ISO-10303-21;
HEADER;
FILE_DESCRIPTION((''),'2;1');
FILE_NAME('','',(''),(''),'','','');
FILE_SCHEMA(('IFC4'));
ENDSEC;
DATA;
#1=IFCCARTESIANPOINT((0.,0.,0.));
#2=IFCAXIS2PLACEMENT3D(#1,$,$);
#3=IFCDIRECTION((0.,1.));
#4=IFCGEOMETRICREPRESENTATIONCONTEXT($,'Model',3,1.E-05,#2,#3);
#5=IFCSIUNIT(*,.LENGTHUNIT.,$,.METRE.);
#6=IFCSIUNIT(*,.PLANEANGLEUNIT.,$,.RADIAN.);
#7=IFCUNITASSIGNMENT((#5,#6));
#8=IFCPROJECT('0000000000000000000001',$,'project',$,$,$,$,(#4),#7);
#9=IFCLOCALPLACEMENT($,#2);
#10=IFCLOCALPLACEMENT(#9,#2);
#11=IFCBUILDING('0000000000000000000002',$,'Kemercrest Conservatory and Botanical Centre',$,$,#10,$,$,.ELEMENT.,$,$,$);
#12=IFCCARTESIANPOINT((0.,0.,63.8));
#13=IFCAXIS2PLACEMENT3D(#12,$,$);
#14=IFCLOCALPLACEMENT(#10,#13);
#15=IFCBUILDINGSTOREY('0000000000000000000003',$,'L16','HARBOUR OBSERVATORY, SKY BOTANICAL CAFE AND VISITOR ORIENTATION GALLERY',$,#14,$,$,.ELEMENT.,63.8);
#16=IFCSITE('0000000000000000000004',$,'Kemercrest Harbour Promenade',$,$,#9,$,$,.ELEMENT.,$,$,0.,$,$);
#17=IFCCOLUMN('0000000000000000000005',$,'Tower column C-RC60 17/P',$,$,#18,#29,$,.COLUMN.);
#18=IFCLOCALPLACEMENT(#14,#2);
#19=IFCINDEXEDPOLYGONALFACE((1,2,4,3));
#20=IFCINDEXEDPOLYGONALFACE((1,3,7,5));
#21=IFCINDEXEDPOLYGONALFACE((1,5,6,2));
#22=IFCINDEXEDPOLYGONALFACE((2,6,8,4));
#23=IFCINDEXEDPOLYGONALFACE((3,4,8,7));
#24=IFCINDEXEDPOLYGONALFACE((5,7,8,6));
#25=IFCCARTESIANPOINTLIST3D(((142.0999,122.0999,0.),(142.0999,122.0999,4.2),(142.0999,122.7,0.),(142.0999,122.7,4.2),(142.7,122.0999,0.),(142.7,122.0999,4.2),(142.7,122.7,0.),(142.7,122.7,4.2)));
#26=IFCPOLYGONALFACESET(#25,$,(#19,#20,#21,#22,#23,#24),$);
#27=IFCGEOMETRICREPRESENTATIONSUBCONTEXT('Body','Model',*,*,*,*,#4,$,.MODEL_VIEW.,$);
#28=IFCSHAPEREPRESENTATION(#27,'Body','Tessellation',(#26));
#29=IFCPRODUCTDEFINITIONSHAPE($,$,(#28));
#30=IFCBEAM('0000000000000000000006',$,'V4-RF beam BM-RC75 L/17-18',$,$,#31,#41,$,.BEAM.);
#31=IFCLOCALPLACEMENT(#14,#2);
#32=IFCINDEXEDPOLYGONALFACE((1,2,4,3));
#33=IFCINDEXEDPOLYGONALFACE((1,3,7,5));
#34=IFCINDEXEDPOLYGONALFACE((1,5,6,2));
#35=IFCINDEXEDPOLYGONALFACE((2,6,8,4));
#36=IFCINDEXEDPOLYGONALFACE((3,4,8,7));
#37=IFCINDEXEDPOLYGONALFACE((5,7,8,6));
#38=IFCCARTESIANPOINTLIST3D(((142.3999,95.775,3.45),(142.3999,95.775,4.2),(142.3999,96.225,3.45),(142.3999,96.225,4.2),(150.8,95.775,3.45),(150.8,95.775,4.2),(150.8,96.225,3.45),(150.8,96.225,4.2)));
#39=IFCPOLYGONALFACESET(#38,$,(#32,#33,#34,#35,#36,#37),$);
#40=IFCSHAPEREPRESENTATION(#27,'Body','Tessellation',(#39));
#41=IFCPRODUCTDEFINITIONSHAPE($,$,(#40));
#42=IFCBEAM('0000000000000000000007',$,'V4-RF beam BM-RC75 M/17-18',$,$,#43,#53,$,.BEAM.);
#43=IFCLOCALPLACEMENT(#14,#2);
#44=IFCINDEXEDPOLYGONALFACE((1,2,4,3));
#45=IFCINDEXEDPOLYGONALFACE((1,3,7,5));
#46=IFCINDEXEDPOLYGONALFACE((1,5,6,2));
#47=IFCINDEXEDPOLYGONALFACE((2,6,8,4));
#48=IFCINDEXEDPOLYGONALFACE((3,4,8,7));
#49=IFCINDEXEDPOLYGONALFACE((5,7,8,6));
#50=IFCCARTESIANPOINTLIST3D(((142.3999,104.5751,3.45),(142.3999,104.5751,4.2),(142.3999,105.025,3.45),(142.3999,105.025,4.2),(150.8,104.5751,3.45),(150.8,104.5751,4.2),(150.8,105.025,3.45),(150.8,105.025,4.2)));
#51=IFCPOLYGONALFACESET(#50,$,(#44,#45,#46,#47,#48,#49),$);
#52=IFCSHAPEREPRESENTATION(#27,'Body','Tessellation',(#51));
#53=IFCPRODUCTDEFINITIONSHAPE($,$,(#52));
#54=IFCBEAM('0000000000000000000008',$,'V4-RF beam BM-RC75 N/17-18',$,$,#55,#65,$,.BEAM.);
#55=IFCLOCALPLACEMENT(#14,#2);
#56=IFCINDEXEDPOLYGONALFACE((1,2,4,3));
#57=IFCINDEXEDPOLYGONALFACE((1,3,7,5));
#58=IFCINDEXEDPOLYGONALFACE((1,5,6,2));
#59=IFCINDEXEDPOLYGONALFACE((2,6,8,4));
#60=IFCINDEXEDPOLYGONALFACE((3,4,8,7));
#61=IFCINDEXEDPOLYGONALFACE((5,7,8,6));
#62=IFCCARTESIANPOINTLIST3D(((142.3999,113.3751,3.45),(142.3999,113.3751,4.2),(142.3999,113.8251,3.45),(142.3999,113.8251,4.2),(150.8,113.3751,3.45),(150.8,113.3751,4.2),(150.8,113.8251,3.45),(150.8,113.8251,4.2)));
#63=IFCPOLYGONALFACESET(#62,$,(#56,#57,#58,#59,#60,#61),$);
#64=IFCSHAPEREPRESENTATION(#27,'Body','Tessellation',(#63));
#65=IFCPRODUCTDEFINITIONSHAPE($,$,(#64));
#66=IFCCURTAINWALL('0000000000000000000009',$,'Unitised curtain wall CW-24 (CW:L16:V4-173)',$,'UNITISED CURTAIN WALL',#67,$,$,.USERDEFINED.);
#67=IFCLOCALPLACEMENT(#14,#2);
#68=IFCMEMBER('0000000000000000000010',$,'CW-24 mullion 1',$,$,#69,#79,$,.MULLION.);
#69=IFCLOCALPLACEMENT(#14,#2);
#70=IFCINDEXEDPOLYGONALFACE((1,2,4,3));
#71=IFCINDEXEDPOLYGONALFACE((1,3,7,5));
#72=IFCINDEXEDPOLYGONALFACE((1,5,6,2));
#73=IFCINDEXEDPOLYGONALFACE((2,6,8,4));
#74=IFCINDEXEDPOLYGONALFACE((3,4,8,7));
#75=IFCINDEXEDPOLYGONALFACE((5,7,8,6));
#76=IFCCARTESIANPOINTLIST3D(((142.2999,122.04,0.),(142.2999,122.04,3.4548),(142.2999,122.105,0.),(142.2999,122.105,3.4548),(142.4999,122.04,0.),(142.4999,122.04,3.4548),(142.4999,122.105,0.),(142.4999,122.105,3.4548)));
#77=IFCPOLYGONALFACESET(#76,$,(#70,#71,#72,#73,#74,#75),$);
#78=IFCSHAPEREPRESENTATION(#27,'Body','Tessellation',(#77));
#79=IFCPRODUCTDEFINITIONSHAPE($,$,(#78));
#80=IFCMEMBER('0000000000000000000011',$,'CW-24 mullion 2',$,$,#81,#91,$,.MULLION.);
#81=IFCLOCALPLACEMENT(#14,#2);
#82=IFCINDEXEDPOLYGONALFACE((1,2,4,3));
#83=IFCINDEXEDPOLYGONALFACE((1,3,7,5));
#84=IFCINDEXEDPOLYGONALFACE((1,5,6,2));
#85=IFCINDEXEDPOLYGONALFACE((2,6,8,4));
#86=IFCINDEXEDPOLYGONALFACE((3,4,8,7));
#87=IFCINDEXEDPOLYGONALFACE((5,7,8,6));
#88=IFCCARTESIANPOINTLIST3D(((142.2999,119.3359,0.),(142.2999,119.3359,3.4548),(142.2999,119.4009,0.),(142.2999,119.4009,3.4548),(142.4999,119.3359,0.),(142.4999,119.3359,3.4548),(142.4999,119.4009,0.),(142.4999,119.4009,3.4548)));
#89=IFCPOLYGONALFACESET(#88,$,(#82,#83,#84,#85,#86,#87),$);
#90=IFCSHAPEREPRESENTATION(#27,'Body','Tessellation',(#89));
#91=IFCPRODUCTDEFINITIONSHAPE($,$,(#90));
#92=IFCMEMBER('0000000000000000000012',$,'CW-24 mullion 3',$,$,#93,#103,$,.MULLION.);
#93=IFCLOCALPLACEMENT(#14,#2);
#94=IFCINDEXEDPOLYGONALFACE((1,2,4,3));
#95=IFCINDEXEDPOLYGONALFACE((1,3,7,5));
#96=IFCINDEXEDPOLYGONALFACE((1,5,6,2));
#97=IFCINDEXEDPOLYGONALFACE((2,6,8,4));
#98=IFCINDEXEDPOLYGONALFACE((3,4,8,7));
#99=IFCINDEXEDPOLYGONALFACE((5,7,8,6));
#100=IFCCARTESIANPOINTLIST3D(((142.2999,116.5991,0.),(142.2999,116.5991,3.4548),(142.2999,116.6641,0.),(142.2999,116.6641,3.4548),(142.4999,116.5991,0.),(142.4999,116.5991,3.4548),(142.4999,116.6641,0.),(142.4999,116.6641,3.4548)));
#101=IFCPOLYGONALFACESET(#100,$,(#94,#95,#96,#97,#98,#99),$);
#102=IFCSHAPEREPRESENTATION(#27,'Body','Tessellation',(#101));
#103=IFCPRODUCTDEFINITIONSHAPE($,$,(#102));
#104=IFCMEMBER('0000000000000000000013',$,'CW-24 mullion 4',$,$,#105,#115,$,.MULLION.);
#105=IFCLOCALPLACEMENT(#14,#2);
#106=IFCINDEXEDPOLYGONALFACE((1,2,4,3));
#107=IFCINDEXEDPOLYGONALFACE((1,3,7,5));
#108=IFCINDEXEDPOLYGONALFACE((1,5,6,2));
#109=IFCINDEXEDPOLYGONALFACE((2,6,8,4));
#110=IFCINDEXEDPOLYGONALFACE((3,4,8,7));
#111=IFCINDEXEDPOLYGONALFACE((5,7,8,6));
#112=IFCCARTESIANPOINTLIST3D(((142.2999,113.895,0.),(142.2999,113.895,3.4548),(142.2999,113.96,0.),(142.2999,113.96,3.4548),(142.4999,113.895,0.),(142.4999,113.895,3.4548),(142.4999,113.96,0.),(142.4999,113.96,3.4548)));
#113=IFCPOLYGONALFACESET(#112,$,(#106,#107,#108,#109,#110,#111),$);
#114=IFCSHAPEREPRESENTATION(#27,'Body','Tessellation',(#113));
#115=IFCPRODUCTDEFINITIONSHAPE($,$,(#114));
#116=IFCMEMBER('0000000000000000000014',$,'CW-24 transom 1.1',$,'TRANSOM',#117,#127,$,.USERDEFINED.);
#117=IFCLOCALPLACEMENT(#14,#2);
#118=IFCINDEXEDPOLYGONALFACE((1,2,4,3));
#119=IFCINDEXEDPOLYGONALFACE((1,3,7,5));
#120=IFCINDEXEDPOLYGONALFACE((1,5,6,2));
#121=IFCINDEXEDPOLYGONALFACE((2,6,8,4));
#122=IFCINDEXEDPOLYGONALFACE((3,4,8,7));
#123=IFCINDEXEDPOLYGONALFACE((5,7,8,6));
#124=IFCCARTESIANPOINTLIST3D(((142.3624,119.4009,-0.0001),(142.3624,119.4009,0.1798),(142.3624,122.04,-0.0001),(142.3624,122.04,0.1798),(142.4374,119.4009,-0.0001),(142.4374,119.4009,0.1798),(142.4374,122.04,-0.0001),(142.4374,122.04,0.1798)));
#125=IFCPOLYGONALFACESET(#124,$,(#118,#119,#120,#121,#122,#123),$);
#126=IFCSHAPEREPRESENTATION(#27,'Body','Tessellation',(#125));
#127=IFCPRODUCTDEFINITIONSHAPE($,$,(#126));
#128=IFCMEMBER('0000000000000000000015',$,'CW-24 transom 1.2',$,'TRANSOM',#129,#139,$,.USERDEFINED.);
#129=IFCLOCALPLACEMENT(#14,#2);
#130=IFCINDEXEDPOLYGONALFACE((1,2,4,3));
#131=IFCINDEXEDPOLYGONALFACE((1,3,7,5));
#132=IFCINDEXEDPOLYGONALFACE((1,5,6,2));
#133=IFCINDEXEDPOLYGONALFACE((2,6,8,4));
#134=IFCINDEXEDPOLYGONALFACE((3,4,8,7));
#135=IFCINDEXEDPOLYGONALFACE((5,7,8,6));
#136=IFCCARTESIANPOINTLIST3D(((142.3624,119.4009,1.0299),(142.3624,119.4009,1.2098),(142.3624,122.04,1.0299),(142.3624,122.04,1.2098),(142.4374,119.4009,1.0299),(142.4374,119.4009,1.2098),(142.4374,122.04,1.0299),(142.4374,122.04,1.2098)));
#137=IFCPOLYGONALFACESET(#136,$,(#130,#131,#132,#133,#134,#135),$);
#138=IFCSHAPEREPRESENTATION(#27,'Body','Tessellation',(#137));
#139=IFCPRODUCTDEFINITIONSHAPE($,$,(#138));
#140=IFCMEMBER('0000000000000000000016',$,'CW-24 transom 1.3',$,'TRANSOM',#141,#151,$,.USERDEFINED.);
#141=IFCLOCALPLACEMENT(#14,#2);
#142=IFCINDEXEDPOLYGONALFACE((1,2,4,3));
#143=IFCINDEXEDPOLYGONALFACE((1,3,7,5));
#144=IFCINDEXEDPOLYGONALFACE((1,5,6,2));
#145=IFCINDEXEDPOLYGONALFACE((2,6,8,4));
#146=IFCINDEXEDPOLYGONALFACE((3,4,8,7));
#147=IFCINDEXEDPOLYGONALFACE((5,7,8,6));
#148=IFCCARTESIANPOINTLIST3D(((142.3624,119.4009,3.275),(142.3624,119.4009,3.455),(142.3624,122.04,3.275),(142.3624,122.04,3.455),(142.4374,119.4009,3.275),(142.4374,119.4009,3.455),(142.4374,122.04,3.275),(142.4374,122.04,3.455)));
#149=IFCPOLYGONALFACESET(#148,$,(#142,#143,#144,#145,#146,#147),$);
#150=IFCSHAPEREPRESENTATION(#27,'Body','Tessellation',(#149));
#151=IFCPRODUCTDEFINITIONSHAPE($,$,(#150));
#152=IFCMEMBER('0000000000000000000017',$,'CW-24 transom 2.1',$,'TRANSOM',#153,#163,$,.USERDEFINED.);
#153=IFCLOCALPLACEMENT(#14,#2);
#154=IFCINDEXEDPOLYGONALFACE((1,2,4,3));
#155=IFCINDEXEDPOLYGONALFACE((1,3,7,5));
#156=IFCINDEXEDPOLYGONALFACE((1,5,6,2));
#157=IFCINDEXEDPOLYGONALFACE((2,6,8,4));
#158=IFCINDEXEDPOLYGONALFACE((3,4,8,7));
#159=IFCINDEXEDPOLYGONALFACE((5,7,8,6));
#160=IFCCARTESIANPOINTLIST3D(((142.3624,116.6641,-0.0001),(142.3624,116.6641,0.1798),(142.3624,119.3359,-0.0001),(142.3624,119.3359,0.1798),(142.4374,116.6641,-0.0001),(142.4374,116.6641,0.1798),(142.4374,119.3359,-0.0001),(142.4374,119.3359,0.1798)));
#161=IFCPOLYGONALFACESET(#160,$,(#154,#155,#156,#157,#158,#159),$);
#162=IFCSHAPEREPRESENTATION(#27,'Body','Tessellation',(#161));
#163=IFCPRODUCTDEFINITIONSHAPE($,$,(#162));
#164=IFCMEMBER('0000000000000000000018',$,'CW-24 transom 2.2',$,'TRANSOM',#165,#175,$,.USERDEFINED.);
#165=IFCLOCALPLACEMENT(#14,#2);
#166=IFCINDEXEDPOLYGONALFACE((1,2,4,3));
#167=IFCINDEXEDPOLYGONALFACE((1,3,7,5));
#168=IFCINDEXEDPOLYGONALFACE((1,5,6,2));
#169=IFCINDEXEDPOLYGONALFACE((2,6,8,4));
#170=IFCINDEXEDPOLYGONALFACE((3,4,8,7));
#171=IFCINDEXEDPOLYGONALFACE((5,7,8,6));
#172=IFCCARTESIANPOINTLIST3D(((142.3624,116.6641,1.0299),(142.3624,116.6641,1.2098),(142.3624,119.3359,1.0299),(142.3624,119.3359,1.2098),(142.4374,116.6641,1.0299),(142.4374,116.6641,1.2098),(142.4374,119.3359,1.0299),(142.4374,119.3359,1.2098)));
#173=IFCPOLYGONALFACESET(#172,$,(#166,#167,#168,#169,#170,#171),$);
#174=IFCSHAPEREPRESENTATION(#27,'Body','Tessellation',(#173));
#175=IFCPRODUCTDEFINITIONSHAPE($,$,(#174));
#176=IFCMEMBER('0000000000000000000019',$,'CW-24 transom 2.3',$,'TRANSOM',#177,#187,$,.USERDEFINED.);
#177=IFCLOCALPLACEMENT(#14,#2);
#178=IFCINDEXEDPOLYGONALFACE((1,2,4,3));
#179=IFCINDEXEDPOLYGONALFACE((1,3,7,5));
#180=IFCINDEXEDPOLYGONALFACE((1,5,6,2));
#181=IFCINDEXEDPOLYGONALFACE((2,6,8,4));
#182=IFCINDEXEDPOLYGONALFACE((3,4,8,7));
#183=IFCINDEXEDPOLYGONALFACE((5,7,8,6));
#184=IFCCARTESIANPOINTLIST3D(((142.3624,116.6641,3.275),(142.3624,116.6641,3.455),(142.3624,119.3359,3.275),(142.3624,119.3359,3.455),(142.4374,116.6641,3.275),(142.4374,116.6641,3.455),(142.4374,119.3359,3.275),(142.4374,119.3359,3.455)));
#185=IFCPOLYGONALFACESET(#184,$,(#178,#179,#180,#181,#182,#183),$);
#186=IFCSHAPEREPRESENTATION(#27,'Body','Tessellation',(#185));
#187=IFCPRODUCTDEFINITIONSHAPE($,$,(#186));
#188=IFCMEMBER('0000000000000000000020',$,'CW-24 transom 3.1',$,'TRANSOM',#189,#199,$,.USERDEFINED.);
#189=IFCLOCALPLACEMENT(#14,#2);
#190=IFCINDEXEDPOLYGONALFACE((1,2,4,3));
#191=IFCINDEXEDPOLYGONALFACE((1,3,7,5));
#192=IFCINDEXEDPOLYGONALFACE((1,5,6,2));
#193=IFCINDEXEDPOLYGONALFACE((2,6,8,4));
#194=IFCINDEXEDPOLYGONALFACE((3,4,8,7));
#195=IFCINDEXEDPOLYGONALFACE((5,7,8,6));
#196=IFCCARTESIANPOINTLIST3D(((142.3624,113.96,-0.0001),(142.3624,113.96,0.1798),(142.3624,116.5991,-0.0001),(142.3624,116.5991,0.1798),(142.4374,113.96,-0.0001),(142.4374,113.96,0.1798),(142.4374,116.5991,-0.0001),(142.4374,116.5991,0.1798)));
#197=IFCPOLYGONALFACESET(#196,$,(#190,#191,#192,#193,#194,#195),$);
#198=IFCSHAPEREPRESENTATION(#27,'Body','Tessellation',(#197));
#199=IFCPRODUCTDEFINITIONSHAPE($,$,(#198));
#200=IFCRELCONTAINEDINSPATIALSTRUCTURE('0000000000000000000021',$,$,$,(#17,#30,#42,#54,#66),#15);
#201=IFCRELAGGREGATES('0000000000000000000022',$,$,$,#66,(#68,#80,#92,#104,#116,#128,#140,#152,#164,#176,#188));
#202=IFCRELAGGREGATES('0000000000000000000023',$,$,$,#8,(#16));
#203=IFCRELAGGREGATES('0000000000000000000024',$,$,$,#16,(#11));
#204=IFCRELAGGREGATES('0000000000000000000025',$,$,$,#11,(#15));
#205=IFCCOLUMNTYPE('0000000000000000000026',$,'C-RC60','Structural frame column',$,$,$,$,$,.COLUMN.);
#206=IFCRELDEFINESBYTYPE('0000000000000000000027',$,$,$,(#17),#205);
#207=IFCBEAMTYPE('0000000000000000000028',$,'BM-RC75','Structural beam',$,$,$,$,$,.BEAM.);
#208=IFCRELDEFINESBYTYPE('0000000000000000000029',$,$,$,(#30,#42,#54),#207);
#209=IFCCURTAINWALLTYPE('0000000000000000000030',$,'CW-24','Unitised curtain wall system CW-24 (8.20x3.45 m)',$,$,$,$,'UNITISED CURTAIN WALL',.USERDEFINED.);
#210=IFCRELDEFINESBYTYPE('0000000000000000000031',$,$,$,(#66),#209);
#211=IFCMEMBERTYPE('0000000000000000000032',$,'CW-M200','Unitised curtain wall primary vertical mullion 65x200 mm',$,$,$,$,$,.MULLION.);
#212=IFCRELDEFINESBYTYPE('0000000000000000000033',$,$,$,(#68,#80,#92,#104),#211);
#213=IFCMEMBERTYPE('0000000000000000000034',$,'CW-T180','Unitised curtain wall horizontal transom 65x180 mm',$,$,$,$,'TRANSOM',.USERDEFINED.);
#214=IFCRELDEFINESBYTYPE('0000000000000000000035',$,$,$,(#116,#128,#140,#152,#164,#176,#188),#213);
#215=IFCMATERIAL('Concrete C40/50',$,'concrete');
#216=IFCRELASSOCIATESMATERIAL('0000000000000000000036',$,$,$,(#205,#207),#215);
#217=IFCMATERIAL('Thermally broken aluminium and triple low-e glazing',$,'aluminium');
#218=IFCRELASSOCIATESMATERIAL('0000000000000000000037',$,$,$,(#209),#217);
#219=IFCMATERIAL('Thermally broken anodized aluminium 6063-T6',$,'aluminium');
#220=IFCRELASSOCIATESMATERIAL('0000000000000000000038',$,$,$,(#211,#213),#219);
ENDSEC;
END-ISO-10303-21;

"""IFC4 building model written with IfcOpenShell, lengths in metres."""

from ifc_helpers import new_model, si_unit, direction, frame, origin, origin_2d, place, context, subcontext, project, spatial, rectangle, extrude, material, material_profile, profile_set, type_object, element, aggregate, save


model = new_model("IFC4")

# Units and contexts
model_context = context("Model", 3, precision=1e-05, world=origin(), true_north=direction((0.0, 1.0)))
body_context = subcontext(model_context, "Body", "Model", "MODEL_VIEW")
ifc_project = project(units=[si_unit("LENGTHUNIT", "METRE"), si_unit("PLANEANGLEUNIT", "RADIAN")], contexts=[model_context])

# Site, building, storey
site_placement = place(None, origin())
site = spatial("IfcSite", under=ifc_project, at=site_placement, Name="Kemercrest Harbour Promenade", CompositionType="ELEMENT", RefElevation=0.0)
building_placement = place(site_placement, origin())
building = spatial("IfcBuilding", under=site, at=building_placement, Name="Kemercrest Conservatory and Botanical Centre", CompositionType="ELEMENT")
storey_placement = place(building_placement, frame((0.0, 0.0, 63.8)))
storey = spatial("IfcBuildingStorey", under=building, at=storey_placement, Name="L16", Description="HARBOUR OBSERVATORY, SKY BOTANICAL CAFE AND VISITOR ORIENTATION GALLERY", CompositionType="ELEMENT", Elevation=63.8)

# Column
ifc_material_1 = material(Name="Concrete C40/50", Category="concrete")
ifc_material_profile_1 = material_profile(ifc_material_1, rectangle(XDim=0.6001, YDim=0.6001, at=origin_2d()), Name="RC 600x600")
ifc_profile_set_1 = profile_set([ifc_material_profile_1], Name="Concrete C40/50")
column_type = type_object("IfcColumnType", Name="C-RC60", Description="Structural frame column", PredefinedType="COLUMN", material=ifc_profile_set_1)
column_placement = place(storey_placement, frame((142.3999, 122.3999, 0.0), z_axis=(0.0, 0.0, 1.0), x_axis=(1.0, 0.0, 0.0)))
element("IfcColumn", 1, at=column_placement, inside=storey, type_object=column_type, Name="Tower column C-RC60 17/P", PredefinedType="COLUMN", context=body_context, shape_type="SweptSolid", body=[
    extrude(rectangle(XDim=0.6001, YDim=0.6001, at=origin_2d()), origin(), (0.0, 0.0, 1.0), 4.2),
])

# Beams
ifc_material_profile_2 = material_profile(ifc_material_1, rectangle(XDim=0.45, YDim=0.75, at=origin_2d()), Name="RC 450x750")
ifc_profile_set_2 = profile_set([ifc_material_profile_2], Name="Concrete C40/50")
beam_type_1 = type_object("IfcBeamType", Name="BM-RC75", Description="Structural beam", PredefinedType="BEAM", material=ifc_profile_set_2)
for number, where, z_axis, x_axis, name in (
    (2, (142.3999, 96.0, 3.825), (1.0, 0.0, 0.0), (0.0, 1.0, 0.0), "V4-RF beam BM-RC75 L/17-18"),
    (3, (142.3999, 104.8, 3.825), (1.0, 0.0, 0.0), (0.0, 1.0, 0.0), "V4-RF beam BM-RC75 M/17-18"),
    (4, (142.3999, 113.6001, 3.825), (1.0, 0.0, 0.0), (0.0, 1.0, 0.0), "V4-RF beam BM-RC75 N/17-18"),
):
    element("IfcBeam", number, at=place(storey_placement, frame(where, z_axis=z_axis, x_axis=x_axis)), inside=storey, type_object=beam_type_1, Name=name, PredefinedType="BEAM", context=body_context, shape_type="SweptSolid", body=[
        extrude(rectangle(XDim=0.45, YDim=0.75, at=origin_2d()), origin(), (0.0, 0.0, 1.0), 8.4001),
    ])

# Curtain wall, members
ifc_material_2 = material(Name="Thermally broken aluminium and triple low-e glazing", Category="aluminium")
curtain_wall_type = type_object("IfcCurtainWallType", Name="CW-24", Description="Unitised curtain wall system CW-24 (8.20x3.45 m)", ElementType="UNITISED CURTAIN WALL", PredefinedType="USERDEFINED", material=ifc_material_2)
curtain_wall_placement = place(storey_placement, origin())
curtain_wall = element("IfcCurtainWall", 5, at=curtain_wall_placement, inside=storey, type_object=curtain_wall_type, Name="Unitised curtain wall CW-24 (CW:L16:V4-173)", ObjectType="UNITISED CURTAIN WALL", PredefinedType="USERDEFINED")
ifc_material_3 = material(Name="Thermally broken anodized aluminium 6063-T6", Category="aluminium")
ifc_material_profile_3 = material_profile(ifc_material_3, rectangle(XDim=0.2, YDim=0.0649, at=origin_2d()), Name="AL MULLION 65x200")
ifc_profile_set_3 = profile_set([ifc_material_profile_3], Name="Thermally broken anodized aluminium 6063-T6")
member_type_1 = type_object("IfcMemberType", Name="CW-M200", Description="Unitised curtain wall primary vertical mullion 65x200 mm", PredefinedType="MULLION", material=ifc_profile_set_3)
member_1_placement = place(storey_placement, frame((142.3999, 122.0725, 0.0), z_axis=(0.0, 0.0, 1.0), x_axis=(1.0, 0.0, 0.0)))
member_1 = element("IfcMember", 6, at=member_1_placement, type_object=member_type_1, Name="CW-24 mullion 1", PredefinedType="MULLION", context=body_context, shape_type="SweptSolid", body=[
    extrude(rectangle(XDim=0.2, YDim=0.0649, at=origin_2d()), origin(), (0.0, 0.0, 1.0), 3.4548),
])
member_2_placement = place(storey_placement, frame((142.3999, 119.3684, 0.0), z_axis=(0.0, 0.0, 1.0), x_axis=(1.0, 0.0, 0.0)))
member_2 = element("IfcMember", 7, at=member_2_placement, type_object=member_type_1, Name="CW-24 mullion 2", PredefinedType="MULLION", context=body_context, shape_type="SweptSolid", body=[
    extrude(rectangle(XDim=0.2, YDim=0.0649, at=origin_2d()), origin(), (0.0, 0.0, 1.0), 3.4548),
])
member_3_placement = place(storey_placement, frame((142.3999, 116.6316, 0.0), z_axis=(0.0, 0.0, 1.0), x_axis=(1.0, 0.0, 0.0)))
member_3 = element("IfcMember", 8, at=member_3_placement, type_object=member_type_1, Name="CW-24 mullion 3", PredefinedType="MULLION", context=body_context, shape_type="SweptSolid", body=[
    extrude(rectangle(XDim=0.2, YDim=0.0649, at=origin_2d()), origin(), (0.0, 0.0, 1.0), 3.4548),
])
member_4_placement = place(storey_placement, frame((142.3999, 113.9275, 0.0), z_axis=(0.0, 0.0, 1.0), x_axis=(1.0, 0.0, 0.0)))
member_4 = element("IfcMember", 9, at=member_4_placement, type_object=member_type_1, Name="CW-24 mullion 4", PredefinedType="MULLION", context=body_context, shape_type="SweptSolid", body=[
    extrude(rectangle(XDim=0.2, YDim=0.0649, at=origin_2d()), origin(), (0.0, 0.0, 1.0), 3.4548),
])
ifc_material_profile_4 = material_profile(ifc_material_3, rectangle(XDim=0.075, YDim=0.1799, at=origin_2d()), Name="AL TRANSOM 75x180")
ifc_profile_set_4 = profile_set([ifc_material_profile_4], Name="Thermally broken anodized aluminium 6063-T6")
member_type_2 = type_object("IfcMemberType", Name="CW-T180", Description="Unitised curtain wall horizontal transom 65x180 mm", ElementType="TRANSOM", PredefinedType="USERDEFINED", material=ifc_profile_set_4)
member_5_placement = place(storey_placement, frame((142.3999, 122.04, 0.0898), z_axis=(0.0, -1.0, 0.0), x_axis=(1.0, 0.0, 0.0)))
member_5 = element("IfcMember", 10, at=member_5_placement, type_object=member_type_2, Name="CW-24 transom 1.1", ObjectType="TRANSOM", PredefinedType="USERDEFINED", context=body_context, shape_type="SweptSolid", body=[
    extrude(rectangle(XDim=0.075, YDim=0.1799, at=origin_2d()), origin(), (0.0, 0.0, 1.0), 2.6392),
])
member_6_placement = place(storey_placement, frame((142.3999, 122.04, 1.1199), z_axis=(0.0, -1.0, 0.0), x_axis=(1.0, 0.0, 0.0)))
member_6 = element("IfcMember", 11, at=member_6_placement, type_object=member_type_2, Name="CW-24 transom 1.2", ObjectType="TRANSOM", PredefinedType="USERDEFINED", context=body_context, shape_type="SweptSolid", body=[
    extrude(rectangle(XDim=0.075, YDim=0.1799, at=origin_2d()), origin(), (0.0, 0.0, 1.0), 2.6392),
])
member_7_placement = place(storey_placement, frame((142.3999, 122.04, 3.365), z_axis=(0.0, -1.0, 0.0), x_axis=(1.0, 0.0, 0.0)))
member_7 = element("IfcMember", 12, at=member_7_placement, type_object=member_type_2, Name="CW-24 transom 1.3", ObjectType="TRANSOM", PredefinedType="USERDEFINED", context=body_context, shape_type="SweptSolid", body=[
    extrude(rectangle(XDim=0.075, YDim=0.1799, at=origin_2d()), origin(), (0.0, 0.0, 1.0), 2.6392),
])
member_8_placement = place(storey_placement, frame((142.3999, 119.3359, 0.0898), z_axis=(0.0, -1.0, 0.0), x_axis=(1.0, 0.0, 0.0)))
member_8 = element("IfcMember", 13, at=member_8_placement, type_object=member_type_2, Name="CW-24 transom 2.1", ObjectType="TRANSOM", PredefinedType="USERDEFINED", context=body_context, shape_type="SweptSolid", body=[
    extrude(rectangle(XDim=0.075, YDim=0.1799, at=origin_2d()), origin(), (0.0, 0.0, 1.0), 2.6719),
])
member_9_placement = place(storey_placement, frame((142.3999, 119.3359, 1.1199), z_axis=(0.0, -1.0, 0.0), x_axis=(1.0, 0.0, 0.0)))
member_9 = element("IfcMember", 14, at=member_9_placement, type_object=member_type_2, Name="CW-24 transom 2.2", ObjectType="TRANSOM", PredefinedType="USERDEFINED", context=body_context, shape_type="SweptSolid", body=[
    extrude(rectangle(XDim=0.075, YDim=0.1799, at=origin_2d()), origin(), (0.0, 0.0, 1.0), 2.6719),
])
member_10_placement = place(storey_placement, frame((142.3999, 119.3359, 3.365), z_axis=(0.0, -1.0, 0.0), x_axis=(1.0, 0.0, 0.0)))
member_10 = element("IfcMember", 15, at=member_10_placement, type_object=member_type_2, Name="CW-24 transom 2.3", ObjectType="TRANSOM", PredefinedType="USERDEFINED", context=body_context, shape_type="SweptSolid", body=[
    extrude(rectangle(XDim=0.075, YDim=0.1799, at=origin_2d()), origin(), (0.0, 0.0, 1.0), 2.6719),
])
member_11_placement = place(storey_placement, frame((142.3999, 116.5991, 0.0898), z_axis=(0.0, -1.0, 0.0), x_axis=(1.0, 0.0, 0.0)))
member_11 = element("IfcMember", 16, at=member_11_placement, type_object=member_type_2, Name="CW-24 transom 3.1", ObjectType="TRANSOM", PredefinedType="USERDEFINED", context=body_context, shape_type="SweptSolid", body=[
    extrude(rectangle(XDim=0.075, YDim=0.1799, at=origin_2d()), origin(), (0.0, 0.0, 1.0), 2.6392),
])

aggregate(curtain_wall, [member_1, member_2, member_3, member_4, member_5, member_6, member_7, member_8, member_9, member_10, member_11])

save(model, "model.ifc")
